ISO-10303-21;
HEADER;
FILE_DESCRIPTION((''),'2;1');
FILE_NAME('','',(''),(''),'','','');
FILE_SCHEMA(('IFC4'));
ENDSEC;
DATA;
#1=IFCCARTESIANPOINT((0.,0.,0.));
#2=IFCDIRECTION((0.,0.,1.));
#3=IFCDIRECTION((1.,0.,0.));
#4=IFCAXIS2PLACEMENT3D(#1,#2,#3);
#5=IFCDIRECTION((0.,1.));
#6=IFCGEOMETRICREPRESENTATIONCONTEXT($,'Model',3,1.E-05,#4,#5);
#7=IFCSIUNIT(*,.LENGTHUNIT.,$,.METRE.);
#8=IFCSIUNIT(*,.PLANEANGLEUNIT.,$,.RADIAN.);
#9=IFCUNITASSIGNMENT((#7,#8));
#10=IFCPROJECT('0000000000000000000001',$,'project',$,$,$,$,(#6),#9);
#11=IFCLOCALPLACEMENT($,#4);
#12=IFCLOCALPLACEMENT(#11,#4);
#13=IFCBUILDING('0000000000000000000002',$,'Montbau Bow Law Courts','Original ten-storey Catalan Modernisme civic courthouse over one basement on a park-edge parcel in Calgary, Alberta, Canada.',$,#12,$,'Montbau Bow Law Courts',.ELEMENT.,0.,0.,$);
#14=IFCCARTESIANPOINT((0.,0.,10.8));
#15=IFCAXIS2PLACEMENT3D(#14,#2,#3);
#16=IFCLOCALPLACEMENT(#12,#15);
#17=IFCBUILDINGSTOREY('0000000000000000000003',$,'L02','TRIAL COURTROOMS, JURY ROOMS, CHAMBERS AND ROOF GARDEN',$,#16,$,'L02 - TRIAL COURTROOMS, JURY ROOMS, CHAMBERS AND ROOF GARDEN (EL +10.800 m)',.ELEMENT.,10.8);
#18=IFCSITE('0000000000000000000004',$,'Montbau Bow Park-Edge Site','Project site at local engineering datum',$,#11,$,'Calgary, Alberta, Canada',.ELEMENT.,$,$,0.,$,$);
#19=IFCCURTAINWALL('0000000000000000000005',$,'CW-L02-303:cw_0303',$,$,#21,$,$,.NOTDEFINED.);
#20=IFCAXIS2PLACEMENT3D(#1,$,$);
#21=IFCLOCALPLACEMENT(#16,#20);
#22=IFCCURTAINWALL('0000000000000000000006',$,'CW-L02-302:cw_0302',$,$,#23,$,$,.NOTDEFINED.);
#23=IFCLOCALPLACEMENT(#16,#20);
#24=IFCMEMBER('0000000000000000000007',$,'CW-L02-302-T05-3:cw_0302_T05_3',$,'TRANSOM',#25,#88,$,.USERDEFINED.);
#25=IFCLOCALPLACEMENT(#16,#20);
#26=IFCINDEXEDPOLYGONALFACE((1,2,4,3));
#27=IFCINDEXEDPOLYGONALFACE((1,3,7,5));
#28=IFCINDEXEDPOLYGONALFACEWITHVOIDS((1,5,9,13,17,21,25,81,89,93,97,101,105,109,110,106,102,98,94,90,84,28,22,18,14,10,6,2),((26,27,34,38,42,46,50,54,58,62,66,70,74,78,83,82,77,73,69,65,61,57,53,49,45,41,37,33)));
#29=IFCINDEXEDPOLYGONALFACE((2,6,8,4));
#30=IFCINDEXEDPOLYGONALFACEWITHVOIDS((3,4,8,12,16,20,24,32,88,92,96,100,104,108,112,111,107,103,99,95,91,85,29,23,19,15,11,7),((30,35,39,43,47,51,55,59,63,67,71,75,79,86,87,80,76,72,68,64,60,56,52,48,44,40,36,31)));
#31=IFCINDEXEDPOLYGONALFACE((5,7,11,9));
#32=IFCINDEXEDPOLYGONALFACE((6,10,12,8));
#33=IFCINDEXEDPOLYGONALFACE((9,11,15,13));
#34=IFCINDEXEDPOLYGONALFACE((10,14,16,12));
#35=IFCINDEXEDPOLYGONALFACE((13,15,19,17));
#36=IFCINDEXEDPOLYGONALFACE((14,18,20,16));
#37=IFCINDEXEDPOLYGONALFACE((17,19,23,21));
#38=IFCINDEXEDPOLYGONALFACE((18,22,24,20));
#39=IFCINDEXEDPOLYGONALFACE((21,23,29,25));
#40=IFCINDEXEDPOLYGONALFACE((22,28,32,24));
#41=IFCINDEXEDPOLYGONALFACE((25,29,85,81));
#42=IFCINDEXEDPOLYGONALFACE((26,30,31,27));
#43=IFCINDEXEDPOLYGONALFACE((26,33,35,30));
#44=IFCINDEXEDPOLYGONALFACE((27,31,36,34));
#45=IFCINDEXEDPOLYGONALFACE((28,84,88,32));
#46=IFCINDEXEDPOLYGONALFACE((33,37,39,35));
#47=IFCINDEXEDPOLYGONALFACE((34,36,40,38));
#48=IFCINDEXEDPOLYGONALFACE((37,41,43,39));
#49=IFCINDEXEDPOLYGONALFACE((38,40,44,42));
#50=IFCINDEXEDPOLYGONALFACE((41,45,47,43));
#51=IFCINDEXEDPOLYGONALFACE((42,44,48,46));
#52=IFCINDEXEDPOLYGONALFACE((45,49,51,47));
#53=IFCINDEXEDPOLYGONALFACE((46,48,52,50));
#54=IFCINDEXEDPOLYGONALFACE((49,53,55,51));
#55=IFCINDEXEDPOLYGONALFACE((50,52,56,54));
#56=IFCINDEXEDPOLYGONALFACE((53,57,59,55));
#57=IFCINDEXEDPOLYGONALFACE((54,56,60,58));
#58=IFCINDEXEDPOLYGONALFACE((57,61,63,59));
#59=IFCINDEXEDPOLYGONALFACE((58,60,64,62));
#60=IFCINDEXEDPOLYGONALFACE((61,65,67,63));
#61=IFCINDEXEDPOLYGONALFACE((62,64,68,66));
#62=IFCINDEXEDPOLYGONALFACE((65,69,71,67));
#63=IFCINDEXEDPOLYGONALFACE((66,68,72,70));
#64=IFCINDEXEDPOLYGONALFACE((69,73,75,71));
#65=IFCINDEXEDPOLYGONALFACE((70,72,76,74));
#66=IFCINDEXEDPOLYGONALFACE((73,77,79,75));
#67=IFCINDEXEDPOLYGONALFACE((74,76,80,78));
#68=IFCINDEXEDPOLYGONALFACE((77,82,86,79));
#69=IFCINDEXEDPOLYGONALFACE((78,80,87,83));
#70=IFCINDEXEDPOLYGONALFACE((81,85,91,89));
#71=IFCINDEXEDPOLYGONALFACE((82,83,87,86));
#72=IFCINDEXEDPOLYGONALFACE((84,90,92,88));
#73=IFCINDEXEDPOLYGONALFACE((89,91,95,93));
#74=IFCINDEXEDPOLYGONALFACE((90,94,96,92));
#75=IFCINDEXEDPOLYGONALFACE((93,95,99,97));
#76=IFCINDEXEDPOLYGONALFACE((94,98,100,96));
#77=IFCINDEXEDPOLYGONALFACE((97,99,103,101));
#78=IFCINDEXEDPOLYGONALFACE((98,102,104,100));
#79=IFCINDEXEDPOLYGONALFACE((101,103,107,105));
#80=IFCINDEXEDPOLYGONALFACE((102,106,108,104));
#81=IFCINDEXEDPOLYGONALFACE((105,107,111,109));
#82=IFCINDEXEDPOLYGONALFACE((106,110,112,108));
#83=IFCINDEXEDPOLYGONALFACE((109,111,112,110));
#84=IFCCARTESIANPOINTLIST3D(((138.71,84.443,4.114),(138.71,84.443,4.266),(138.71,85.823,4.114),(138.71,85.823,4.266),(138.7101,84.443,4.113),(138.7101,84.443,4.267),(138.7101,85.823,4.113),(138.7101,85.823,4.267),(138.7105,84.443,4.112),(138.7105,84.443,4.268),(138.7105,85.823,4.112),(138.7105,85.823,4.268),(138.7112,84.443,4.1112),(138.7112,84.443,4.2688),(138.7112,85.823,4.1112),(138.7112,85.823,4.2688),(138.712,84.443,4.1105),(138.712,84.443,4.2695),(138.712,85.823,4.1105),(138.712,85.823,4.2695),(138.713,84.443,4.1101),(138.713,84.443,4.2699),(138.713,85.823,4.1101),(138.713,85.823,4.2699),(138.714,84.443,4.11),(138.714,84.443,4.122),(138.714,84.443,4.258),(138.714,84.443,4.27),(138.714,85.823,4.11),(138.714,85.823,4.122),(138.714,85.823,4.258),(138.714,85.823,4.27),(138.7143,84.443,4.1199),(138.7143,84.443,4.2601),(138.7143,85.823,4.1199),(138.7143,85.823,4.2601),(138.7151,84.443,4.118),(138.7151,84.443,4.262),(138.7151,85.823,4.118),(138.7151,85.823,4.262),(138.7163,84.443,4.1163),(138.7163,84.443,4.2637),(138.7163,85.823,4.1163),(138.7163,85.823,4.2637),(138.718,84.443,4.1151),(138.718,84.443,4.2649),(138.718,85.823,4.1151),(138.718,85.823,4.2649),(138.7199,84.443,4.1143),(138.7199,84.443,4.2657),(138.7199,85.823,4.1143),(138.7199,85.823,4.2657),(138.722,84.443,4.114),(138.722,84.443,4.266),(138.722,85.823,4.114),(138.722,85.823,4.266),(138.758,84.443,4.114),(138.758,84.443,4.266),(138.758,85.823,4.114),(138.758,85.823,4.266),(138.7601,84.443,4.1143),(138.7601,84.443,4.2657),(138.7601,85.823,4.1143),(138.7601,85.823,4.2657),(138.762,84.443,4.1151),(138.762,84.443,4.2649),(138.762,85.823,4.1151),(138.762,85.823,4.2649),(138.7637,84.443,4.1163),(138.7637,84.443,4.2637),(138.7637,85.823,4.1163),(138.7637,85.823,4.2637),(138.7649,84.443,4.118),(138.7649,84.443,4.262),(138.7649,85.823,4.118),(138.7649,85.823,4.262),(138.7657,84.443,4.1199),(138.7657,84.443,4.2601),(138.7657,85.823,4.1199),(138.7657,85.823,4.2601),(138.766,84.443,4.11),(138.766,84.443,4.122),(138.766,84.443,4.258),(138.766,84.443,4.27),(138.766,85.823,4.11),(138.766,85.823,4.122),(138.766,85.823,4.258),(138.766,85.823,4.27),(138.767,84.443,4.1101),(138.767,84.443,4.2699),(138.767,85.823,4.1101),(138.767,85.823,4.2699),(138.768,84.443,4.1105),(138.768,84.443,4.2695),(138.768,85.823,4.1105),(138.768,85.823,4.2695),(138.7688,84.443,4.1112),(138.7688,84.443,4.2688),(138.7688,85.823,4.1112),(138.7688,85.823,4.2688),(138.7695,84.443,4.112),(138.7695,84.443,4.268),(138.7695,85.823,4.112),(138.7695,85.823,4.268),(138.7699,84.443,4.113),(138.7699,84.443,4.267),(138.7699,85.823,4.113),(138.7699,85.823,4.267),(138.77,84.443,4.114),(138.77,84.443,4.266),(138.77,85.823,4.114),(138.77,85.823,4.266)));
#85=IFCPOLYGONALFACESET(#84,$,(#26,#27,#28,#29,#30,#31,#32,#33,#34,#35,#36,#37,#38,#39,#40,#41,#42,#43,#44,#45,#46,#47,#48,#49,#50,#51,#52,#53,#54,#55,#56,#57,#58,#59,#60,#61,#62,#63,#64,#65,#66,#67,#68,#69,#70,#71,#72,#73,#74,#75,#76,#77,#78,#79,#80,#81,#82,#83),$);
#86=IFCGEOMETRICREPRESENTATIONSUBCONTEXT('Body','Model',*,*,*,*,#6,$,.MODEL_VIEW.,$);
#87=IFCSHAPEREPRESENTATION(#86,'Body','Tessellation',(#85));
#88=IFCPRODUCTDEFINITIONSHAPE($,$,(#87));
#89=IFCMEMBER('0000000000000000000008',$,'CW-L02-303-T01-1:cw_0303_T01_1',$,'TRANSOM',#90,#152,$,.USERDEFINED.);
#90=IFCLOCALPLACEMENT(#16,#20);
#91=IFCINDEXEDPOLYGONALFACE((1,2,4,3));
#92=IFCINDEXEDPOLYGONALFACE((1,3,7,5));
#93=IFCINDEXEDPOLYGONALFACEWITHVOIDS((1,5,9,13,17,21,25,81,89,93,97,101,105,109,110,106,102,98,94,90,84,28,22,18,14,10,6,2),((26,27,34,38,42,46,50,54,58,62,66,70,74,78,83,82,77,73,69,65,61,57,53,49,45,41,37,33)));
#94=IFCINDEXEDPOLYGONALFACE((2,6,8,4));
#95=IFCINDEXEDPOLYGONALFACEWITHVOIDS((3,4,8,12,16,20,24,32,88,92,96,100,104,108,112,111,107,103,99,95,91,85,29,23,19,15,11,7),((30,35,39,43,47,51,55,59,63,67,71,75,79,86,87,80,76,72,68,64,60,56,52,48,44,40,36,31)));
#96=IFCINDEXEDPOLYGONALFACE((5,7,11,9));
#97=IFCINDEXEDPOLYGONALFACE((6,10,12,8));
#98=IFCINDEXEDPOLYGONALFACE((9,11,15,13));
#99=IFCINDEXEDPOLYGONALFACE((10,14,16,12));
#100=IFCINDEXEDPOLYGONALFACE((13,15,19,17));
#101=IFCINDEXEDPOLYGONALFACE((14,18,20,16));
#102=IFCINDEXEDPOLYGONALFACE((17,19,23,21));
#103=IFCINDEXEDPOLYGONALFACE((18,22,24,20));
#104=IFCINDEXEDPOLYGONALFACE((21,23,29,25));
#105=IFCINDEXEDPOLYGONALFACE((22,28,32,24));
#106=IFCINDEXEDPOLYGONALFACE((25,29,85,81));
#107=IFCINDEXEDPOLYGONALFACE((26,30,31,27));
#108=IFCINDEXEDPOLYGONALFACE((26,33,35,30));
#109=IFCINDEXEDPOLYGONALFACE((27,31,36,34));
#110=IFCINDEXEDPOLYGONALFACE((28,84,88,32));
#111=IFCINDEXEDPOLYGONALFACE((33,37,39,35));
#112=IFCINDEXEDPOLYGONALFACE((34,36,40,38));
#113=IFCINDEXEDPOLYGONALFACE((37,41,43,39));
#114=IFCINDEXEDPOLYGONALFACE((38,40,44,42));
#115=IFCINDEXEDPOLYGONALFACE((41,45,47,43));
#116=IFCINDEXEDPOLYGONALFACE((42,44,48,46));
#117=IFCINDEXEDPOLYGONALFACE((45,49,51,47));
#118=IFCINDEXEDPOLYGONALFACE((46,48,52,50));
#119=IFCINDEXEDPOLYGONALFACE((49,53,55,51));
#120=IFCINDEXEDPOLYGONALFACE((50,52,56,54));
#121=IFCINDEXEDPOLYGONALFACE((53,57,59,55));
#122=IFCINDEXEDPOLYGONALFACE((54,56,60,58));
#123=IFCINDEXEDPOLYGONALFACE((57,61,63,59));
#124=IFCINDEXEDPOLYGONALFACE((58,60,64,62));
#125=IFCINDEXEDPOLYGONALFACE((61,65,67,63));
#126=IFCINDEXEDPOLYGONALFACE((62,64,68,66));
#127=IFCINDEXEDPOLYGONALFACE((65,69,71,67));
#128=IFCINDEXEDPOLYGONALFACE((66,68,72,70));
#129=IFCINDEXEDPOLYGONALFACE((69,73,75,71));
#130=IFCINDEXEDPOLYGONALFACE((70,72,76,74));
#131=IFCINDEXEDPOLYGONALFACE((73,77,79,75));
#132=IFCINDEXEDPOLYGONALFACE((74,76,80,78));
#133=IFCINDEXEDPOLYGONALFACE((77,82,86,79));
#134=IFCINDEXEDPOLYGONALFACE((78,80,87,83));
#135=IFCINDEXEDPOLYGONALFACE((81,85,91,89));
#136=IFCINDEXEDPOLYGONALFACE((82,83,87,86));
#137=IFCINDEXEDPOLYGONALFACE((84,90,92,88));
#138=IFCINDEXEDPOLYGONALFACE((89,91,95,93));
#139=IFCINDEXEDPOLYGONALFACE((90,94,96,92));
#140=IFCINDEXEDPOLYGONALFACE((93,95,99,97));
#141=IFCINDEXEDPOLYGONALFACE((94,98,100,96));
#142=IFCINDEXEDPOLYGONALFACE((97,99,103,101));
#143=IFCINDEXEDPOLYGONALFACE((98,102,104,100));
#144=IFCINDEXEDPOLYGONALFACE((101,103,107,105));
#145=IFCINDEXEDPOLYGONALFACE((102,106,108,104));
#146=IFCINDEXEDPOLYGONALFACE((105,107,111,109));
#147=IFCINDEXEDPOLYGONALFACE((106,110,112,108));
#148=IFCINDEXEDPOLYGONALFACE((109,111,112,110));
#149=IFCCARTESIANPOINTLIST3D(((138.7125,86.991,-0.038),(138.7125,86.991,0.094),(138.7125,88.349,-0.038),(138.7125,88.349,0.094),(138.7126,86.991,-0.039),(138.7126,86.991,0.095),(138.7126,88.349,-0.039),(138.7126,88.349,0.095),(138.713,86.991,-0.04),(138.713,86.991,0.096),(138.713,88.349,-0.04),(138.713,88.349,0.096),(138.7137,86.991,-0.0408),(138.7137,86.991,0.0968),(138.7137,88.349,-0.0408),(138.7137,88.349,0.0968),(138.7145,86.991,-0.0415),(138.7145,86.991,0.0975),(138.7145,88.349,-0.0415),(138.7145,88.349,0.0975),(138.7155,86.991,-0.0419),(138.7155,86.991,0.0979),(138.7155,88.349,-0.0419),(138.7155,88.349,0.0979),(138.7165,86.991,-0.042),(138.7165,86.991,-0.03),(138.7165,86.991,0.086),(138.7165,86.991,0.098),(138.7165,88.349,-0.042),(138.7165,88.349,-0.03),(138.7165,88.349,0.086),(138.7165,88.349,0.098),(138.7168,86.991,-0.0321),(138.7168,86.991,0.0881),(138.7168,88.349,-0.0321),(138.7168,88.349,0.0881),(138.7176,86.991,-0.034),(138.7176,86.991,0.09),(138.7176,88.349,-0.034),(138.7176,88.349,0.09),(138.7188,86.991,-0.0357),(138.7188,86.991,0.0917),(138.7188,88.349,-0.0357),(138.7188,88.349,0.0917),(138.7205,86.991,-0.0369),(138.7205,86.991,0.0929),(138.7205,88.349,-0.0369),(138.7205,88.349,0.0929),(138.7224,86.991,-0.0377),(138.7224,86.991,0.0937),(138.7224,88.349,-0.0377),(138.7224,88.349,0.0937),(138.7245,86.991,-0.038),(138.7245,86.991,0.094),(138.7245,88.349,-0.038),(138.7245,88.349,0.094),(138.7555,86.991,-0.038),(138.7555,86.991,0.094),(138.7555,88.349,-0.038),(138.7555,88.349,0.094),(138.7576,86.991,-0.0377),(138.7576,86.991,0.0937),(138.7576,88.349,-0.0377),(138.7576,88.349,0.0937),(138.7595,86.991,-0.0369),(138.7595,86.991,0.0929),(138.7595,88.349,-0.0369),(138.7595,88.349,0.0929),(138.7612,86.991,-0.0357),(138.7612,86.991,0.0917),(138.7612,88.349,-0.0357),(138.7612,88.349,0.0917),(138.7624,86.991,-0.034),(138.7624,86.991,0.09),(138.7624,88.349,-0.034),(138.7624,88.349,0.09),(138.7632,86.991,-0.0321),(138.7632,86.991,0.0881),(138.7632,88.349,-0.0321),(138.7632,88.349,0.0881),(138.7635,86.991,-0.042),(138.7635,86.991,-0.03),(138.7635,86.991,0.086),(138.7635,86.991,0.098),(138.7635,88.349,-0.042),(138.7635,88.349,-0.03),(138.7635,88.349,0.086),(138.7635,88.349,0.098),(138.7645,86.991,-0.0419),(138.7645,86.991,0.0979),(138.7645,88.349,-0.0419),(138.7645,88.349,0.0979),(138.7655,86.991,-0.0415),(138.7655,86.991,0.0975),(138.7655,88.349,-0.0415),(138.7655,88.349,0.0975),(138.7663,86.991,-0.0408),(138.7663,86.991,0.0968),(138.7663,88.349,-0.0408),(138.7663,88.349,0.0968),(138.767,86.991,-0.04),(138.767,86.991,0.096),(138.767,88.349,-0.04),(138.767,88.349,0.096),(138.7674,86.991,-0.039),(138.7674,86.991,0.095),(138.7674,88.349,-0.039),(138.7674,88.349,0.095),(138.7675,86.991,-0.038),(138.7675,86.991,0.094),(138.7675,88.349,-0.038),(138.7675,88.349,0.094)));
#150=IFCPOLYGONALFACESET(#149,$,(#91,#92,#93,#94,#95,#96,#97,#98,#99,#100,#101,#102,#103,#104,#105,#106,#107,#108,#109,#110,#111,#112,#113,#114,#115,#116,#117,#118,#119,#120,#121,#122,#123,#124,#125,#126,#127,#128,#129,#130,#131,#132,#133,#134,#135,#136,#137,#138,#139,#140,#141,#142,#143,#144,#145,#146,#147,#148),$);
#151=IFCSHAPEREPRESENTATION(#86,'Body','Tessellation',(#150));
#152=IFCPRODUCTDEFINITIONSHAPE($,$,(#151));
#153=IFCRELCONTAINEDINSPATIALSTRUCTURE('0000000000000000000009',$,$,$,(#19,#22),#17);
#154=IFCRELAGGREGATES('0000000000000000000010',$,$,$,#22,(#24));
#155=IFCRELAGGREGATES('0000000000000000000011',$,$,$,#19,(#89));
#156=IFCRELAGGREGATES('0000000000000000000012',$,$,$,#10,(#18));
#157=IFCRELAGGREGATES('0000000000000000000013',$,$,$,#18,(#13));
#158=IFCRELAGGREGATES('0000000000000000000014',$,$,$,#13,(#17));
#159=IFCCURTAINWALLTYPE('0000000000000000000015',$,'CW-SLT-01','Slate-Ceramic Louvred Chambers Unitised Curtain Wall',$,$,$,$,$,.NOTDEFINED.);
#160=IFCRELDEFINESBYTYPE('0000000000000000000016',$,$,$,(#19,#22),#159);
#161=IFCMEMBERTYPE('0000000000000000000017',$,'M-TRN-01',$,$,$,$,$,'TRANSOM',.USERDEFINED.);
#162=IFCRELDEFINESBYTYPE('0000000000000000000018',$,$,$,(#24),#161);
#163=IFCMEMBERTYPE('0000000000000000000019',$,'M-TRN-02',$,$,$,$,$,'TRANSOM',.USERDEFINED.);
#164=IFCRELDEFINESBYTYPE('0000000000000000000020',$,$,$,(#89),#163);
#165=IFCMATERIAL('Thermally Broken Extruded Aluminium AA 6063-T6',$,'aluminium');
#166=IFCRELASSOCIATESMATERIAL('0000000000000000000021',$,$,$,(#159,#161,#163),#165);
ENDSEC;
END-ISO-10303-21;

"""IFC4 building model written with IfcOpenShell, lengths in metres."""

from ifc_helpers import new_model, si_unit, direction, frame, origin_with_axes, origin_2d_with_axis, place, context, subcontext, project, spatial, hollow_rectangle, extrude, material, material_profile, profile_set, type_object, element, aggregate, save


model = new_model("IFC4")

# Units and contexts
model_context = context("Model", 3, precision=1e-05, world=origin_with_axes(), true_north=direction((0.0, 1.0)))
body_context = subcontext(model_context, "Body", "Model", "MODEL_VIEW")
ifc_project = project(units=[si_unit("LENGTHUNIT", "METRE"), si_unit("PLANEANGLEUNIT", "RADIAN")], contexts=[model_context])

# Site, building, storey
site_placement = place(None, origin_with_axes())
site = spatial("IfcSite", under=ifc_project, at=site_placement, Name="Montbau Bow Park-Edge Site", Description="Project site at local engineering datum", LongName="Calgary, Alberta, Canada", CompositionType="ELEMENT", RefElevation=0.0)
building_placement = place(site_placement, origin_with_axes())
building = spatial("IfcBuilding", under=site, at=building_placement, Name="Montbau Bow Law Courts", Description="Original ten-storey Catalan Modernisme civic courthouse over one basement on a park-edge parcel in Calgary, Alberta, Canada.", LongName="Montbau Bow Law Courts", CompositionType="ELEMENT", ElevationOfRefHeight=0.0, ElevationOfTerrain=0.0)
storey_placement = place(building_placement, frame((0.0, 0.0, 10.8), z_axis=(0.0, 0.0, 1.0), x_axis=(1.0, 0.0, 0.0)))
storey = spatial("IfcBuildingStorey", under=building, at=storey_placement, Name="L02", Description="TRIAL COURTROOMS, JURY ROOMS, CHAMBERS AND ROOF GARDEN", LongName="L02 - TRIAL COURTROOMS, JURY ROOMS, CHAMBERS AND ROOF GARDEN (EL +10.800 m)", CompositionType="ELEMENT", Elevation=10.8)

# Curtain walls, member
ifc_material_1 = material(Name="Thermally Broken Extruded Aluminium AA 6063-T6", Category="aluminium")
curtain_wall_type = type_object("IfcCurtainWallType", Name="CW-SLT-01", Description="Slate-Ceramic Louvred Chambers Unitised Curtain Wall", PredefinedType="NOTDEFINED", material=ifc_material_1)
curtain_wall_1_placement = place(None, frame((138.74, 86.915, 10.8), z_axis=(0.0, 0.0, 1.0), x_axis=(1.0, 0.0, 0.0)))
curtain_wall_1 = element("IfcCurtainWall", 1, at=curtain_wall_1_placement, inside=storey, type_object=curtain_wall_type, Name="CW-L02-303:cw_0303", PredefinedType="NOTDEFINED")
curtain_wall_2_placement = place(None, frame((138.74, 78.515, 10.8), z_axis=(0.0, 0.0, 1.0), x_axis=(1.0, 0.0, 0.0)))
curtain_wall_2 = element("IfcCurtainWall", 2, at=curtain_wall_2_placement, inside=storey, type_object=curtain_wall_type, Name="CW-L02-302:cw_0302", PredefinedType="NOTDEFINED")
ifc_material_profile_1 = material_profile(ifc_material_1, hollow_rectangle(XDim=0.06, YDim=0.16, WallThickness=0.004, InnerFilletRadius=0.008, OuterFilletRadius=0.004, at=origin_2d_with_axis()), Name="CWT-160X60", Category="Main", Priority=0)
ifc_profile_set_1 = profile_set([ifc_material_profile_1], Name="Thermally Broken Extruded Aluminium AA 6063-T6")
member_type_1 = type_object("IfcMemberType", Name="M-TRN-01", ElementType="TRANSOM", PredefinedType="USERDEFINED", material=ifc_profile_set_1)
member_1_placement = place(None, frame((138.74, 84.443, 14.99), z_axis=(0.0, 1.0, 0.0), x_axis=(-1.0, 0.0, 0.0)))
member_1 = element("IfcMember", 3, at=member_1_placement, type_object=member_type_1, Name="CW-L02-302-T05-3:cw_0302_T05_3", ObjectType="TRANSOM", PredefinedType="USERDEFINED", context=body_context, shape_type="SweptSolid", body=[
    extrude(hollow_rectangle(XDim=0.06, YDim=0.16, WallThickness=0.004, InnerFilletRadius=0.008, OuterFilletRadius=0.004, at=origin_2d_with_axis()), origin_with_axes(), (0.0, 0.0, 1.0), 1.38),
])

# Member
ifc_material_profile_2 = material_profile(ifc_material_1, hollow_rectangle(XDim=0.055, YDim=0.14, WallThickness=0.004, InnerFilletRadius=0.008, OuterFilletRadius=0.004, at=origin_2d_with_axis()), Name="CWT-140X55", Category="Main", Priority=0)
ifc_profile_set_2 = profile_set([ifc_material_profile_2], Name="Thermally Broken Extruded Aluminium AA 6063-T6")
member_type_2 = type_object("IfcMemberType", Name="M-TRN-02", ElementType="TRANSOM", PredefinedType="USERDEFINED", material=ifc_profile_set_2)
member_2_placement = place(None, frame((138.74, 86.991, 10.828), z_axis=(0.0, 1.0, 0.0), x_axis=(-1.0, 0.0, 0.0)))
member_2 = element("IfcMember", 4, at=member_2_placement, type_object=member_type_2, Name="CW-L02-303-T01-1:cw_0303_T01_1", ObjectType="TRANSOM", PredefinedType="USERDEFINED", context=body_context, shape_type="SweptSolid", body=[
    extrude(hollow_rectangle(XDim=0.055, YDim=0.14, WallThickness=0.004, InnerFilletRadius=0.008, OuterFilletRadius=0.004, at=origin_2d_with_axis()), origin_with_axes(), (0.0, 0.0, 1.0), 1.358),
])

aggregate(curtain_wall_2, [member_1])
aggregate(curtain_wall_1, [member_2])

save(model, "model.ifc")
